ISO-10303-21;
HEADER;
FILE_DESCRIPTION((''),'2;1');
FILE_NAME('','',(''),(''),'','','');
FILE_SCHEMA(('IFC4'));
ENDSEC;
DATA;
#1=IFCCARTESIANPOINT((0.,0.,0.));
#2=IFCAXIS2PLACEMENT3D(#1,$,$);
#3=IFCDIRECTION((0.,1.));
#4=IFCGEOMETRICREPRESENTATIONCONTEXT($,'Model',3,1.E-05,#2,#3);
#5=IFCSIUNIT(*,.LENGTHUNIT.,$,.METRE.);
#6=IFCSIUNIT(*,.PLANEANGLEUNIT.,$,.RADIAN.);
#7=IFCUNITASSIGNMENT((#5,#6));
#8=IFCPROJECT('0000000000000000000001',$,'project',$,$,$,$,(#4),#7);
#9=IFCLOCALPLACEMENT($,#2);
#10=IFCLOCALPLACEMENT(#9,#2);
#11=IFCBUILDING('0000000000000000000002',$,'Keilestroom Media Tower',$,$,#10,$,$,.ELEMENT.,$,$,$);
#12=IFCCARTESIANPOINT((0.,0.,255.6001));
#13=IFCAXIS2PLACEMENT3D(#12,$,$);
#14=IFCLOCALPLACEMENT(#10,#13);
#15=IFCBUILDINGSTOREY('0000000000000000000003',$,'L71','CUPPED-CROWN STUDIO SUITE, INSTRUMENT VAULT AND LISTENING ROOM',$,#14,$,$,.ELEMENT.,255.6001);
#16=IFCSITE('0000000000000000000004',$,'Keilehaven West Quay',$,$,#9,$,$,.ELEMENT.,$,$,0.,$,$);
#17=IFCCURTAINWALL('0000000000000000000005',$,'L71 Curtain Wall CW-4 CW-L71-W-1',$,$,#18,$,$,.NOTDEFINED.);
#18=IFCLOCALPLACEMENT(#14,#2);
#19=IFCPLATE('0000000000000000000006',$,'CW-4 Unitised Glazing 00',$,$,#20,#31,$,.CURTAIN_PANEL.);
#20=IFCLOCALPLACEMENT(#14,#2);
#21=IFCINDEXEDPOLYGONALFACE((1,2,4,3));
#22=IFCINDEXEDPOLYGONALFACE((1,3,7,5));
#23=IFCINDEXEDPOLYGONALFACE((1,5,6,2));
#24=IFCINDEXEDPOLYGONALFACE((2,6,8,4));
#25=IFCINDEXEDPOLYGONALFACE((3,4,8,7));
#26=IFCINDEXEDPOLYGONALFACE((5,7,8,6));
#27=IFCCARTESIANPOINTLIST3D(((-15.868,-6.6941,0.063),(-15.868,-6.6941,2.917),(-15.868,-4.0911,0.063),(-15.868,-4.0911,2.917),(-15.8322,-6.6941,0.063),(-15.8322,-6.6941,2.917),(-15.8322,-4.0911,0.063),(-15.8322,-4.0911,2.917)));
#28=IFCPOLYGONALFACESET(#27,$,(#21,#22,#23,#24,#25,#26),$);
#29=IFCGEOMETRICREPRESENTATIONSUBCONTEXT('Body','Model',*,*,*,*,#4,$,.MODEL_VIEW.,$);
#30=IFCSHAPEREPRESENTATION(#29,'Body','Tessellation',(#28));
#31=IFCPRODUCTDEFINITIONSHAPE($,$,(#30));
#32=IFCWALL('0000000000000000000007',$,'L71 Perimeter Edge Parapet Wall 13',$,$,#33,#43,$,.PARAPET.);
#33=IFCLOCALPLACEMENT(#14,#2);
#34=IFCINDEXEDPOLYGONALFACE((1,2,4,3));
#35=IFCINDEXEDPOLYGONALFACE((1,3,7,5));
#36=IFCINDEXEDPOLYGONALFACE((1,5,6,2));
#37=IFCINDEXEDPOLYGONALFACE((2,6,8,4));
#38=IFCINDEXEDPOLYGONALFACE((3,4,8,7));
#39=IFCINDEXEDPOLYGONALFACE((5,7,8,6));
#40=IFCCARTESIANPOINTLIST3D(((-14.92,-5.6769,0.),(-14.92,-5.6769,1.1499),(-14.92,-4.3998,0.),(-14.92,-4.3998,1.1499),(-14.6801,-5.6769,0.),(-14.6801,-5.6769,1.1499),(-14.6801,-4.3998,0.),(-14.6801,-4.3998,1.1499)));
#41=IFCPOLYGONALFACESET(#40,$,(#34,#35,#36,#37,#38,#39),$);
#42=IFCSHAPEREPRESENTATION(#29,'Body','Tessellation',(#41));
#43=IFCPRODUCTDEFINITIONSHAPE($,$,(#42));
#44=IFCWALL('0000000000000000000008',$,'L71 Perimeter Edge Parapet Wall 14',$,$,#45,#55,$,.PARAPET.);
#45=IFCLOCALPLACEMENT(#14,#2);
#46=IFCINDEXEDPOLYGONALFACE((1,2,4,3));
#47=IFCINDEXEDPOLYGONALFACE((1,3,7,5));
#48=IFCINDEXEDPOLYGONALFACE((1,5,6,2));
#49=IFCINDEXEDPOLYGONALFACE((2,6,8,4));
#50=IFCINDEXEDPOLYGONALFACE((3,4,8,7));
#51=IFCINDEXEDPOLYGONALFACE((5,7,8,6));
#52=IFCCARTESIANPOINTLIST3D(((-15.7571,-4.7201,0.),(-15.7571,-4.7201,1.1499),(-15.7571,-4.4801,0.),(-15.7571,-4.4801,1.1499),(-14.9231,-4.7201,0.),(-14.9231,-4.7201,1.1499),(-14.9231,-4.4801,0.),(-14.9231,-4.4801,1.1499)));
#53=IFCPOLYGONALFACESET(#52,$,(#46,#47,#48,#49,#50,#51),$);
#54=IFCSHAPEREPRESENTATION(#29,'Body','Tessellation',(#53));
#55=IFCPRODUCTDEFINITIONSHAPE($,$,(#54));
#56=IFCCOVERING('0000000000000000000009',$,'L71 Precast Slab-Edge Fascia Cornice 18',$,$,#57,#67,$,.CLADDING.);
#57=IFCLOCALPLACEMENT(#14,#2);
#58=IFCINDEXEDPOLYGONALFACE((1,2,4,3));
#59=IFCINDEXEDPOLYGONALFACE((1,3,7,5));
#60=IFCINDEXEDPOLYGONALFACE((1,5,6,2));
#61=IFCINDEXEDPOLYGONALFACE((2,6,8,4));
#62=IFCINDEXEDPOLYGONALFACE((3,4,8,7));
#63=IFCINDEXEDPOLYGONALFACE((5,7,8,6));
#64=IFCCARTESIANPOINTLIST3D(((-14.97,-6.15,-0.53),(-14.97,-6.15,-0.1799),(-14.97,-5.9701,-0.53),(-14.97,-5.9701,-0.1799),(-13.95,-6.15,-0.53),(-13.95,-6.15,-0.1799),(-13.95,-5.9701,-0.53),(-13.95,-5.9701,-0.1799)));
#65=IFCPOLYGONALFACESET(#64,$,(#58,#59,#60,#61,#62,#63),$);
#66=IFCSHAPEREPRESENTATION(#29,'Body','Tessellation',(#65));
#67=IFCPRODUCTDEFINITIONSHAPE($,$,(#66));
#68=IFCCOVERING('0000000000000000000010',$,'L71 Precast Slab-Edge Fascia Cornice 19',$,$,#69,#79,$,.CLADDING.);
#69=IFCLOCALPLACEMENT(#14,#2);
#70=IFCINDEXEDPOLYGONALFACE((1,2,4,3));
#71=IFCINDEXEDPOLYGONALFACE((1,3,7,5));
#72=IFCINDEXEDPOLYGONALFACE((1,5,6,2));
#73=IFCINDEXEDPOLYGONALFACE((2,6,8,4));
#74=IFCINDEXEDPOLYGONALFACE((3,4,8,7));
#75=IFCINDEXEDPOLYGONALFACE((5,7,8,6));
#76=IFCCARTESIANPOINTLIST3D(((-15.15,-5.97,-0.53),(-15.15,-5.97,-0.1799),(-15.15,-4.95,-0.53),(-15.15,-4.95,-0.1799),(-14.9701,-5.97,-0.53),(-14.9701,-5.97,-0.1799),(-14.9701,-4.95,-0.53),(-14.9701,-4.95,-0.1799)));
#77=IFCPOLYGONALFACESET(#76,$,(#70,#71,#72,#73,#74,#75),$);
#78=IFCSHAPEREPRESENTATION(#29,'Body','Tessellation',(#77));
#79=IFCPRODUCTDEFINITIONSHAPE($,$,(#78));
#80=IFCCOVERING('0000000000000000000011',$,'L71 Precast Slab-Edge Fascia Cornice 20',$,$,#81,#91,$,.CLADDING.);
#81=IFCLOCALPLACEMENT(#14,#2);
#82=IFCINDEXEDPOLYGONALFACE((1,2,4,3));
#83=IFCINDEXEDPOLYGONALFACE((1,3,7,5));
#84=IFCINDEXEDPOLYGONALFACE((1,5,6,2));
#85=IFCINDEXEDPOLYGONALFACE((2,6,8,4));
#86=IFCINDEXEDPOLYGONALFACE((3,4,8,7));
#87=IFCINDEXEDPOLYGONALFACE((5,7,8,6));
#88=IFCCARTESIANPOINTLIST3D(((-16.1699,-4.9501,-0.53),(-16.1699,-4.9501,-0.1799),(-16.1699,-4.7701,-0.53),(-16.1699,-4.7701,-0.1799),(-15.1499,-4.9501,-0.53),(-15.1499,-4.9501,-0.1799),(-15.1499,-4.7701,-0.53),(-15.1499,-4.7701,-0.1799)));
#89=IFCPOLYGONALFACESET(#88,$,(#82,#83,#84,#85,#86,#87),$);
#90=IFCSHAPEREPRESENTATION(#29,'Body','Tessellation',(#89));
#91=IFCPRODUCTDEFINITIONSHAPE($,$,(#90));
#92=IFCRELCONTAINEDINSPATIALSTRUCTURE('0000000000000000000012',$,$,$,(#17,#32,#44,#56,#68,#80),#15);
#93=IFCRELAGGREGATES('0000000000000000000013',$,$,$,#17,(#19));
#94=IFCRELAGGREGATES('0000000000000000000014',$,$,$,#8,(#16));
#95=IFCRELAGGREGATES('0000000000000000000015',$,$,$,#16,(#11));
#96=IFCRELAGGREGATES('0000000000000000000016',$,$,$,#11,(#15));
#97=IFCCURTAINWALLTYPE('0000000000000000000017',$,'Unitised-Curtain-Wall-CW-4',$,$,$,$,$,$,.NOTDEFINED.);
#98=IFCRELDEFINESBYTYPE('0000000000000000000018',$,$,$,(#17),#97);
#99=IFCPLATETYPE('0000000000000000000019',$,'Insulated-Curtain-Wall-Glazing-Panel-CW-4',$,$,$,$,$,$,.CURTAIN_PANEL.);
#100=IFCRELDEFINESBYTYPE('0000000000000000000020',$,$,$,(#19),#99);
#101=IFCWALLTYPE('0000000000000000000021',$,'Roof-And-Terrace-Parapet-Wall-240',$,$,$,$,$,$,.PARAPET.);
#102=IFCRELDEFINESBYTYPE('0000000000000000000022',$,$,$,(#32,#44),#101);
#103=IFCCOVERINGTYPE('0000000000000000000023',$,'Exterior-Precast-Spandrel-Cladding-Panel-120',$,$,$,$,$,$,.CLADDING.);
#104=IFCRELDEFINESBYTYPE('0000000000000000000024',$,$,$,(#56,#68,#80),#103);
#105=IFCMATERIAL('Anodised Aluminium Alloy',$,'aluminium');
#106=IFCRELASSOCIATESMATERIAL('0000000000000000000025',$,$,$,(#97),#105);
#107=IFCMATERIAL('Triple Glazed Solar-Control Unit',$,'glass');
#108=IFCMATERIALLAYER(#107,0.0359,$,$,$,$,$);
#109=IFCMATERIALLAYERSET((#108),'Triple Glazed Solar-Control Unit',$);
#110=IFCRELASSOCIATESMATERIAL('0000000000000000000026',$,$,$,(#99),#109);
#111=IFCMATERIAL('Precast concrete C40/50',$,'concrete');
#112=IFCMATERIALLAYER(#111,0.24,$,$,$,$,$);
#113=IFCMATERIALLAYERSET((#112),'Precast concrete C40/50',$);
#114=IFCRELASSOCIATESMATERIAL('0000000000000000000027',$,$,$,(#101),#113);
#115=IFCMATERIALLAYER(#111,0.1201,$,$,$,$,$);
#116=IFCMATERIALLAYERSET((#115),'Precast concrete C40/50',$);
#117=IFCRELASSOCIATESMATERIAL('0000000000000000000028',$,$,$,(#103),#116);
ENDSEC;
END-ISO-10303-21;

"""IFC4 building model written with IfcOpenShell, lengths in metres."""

from ifc_helpers import new_model, si_unit, direction, frame, frame_2d, origin, origin_2d, place, context, subcontext, project, spatial, rectangle, extrude, source, transform, mapped, material, layer, layer_set, type_object, element, aggregate, save


model = new_model("IFC4")

# Units and contexts
model_context = context("Model", 3, precision=1e-05, world=origin(), true_north=direction((0.0, 1.0)))
body_context = subcontext(model_context, "Body", "Model", "MODEL_VIEW")
ifc_project = project(units=[si_unit("LENGTHUNIT", "METRE"), si_unit("PLANEANGLEUNIT", "RADIAN")], contexts=[model_context])

# Site, building, storey
site_placement = place(None, origin())
site = spatial("IfcSite", under=ifc_project, at=site_placement, Name="Keilehaven West Quay", CompositionType="ELEMENT", RefElevation=0.0)
building_placement = place(site_placement, origin())
building = spatial("IfcBuilding", under=site, at=building_placement, Name="Keilestroom Media Tower", CompositionType="ELEMENT")
storey_placement = place(building_placement, frame((0.0, 0.0, 255.6001)))
storey = spatial("IfcBuildingStorey", under=building, at=storey_placement, Name="L71", Description="CUPPED-CROWN STUDIO SUITE, INSTRUMENT VAULT AND LISTENING ROOM", CompositionType="ELEMENT", Elevation=255.6001)

# Shared definitions
ifc_material_1 = material(Name="Precast concrete C40/50", Category="concrete")

# Curtain wall
ifc_material_2 = material(Name="Anodised Aluminium Alloy", Category="aluminium")
curtain_wall_type = type_object("IfcCurtainWallType", Name="Unitised-Curtain-Wall-CW-4", PredefinedType="NOTDEFINED", material=ifc_material_2)
curtain_wall_1_placement = place(storey_placement, origin())
curtain_wall_1 = element("IfcCurtainWall", 1, at=curtain_wall_1_placement, inside=storey, type_object=curtain_wall_type, Name="L71 Curtain Wall CW-4 CW-L71-W-1", PredefinedType="NOTDEFINED")

# Plate
ifc_material_3 = material(Name="Triple Glazed Solar-Control Unit", Category="glass")
ifc_layer_1 = layer(ifc_material_3, 0.0359)
ifc_layer_set_1 = layer_set([ifc_layer_1], Name="Triple Glazed Solar-Control Unit")
plate_type = type_object("IfcPlateType", Name="Insulated-Curtain-Wall-Glazing-Panel-CW-4", PredefinedType="CURTAIN_PANEL", material=ifc_layer_set_1)
shared_shape_1 = source(origin(), body_context, "Body", "SweptSolid", [
    extrude(rectangle(XDim=2.603, YDim=0.0359, at=origin_2d()), origin(), (0.0, 0.0, 1.0), 2.854),
])
plate_1_placement = place(storey_placement, frame((-15.8501, -5.3926, 0.063), z_axis=(0.0, 0.0, 1.0), x_axis=(0.0, 1.0, 0.0)))
plate_1 = element("IfcPlate", 2, at=plate_1_placement, type_object=plate_type, Name="CW-4 Unitised Glazing 00", PredefinedType="CURTAIN_PANEL", context=body_context, shape_type="MappedRepresentation", body=[
    mapped(shared_shape_1, transform((0.0, 0.0, 0.0), x_axis=(1.0, 0.0, 0.0), y_axis=(0.0, 1.0, 0.0), z_axis=(0.0, 0.0, 1.0), scale=1.0)),
])
aggregate(curtain_wall_1, [plate_1])

# Walls
ifc_layer_2 = layer(ifc_material_1, 0.24)
ifc_layer_set_2 = layer_set([ifc_layer_2], Name="Precast concrete C40/50")
wall_type = type_object("IfcWallType", Name="Roof-And-Terrace-Parapet-Wall-240", PredefinedType="PARAPET", material=ifc_layer_set_2)
wall_1_placement = place(storey_placement, frame((-14.8, -5.677, 0.0), z_axis=(0.0, 0.0, 1.0), x_axis=(0.0, 1.0, 0.0)))
element("IfcWall", 3, at=wall_1_placement, inside=storey, type_object=wall_type, Name="L71 Perimeter Edge Parapet Wall 13", PredefinedType="PARAPET", context=body_context, shape_type="SweptSolid", body=[
    extrude(rectangle(XDim=1.2771, YDim=0.24, at=frame_2d((0.6387, 0.0))), origin(), (0.0, 0.0, 1.0), 1.1499),
])
wall_2_placement = place(storey_placement, frame((-14.9231, -4.6001, 0.0), z_axis=(0.0, 0.0, 1.0), x_axis=(-1.0, 0.0, 0.0)))
element("IfcWall", 4, at=wall_2_placement, inside=storey, type_object=wall_type, Name="L71 Perimeter Edge Parapet Wall 14", PredefinedType="PARAPET", context=body_context, shape_type="SweptSolid", body=[
    extrude(rectangle(XDim=0.834, YDim=0.24, at=frame_2d((0.417, 0.0))), origin(), (0.0, 0.0, 1.0), 1.1499),
])

# Coverings
ifc_layer_3 = layer(ifc_material_1, 0.1201)
ifc_layer_set_3 = layer_set([ifc_layer_3], Name="Precast concrete C40/50")
covering_type = type_object("IfcCoveringType", Name="Exterior-Precast-Spandrel-Cladding-Panel-120", PredefinedType="CLADDING", material=ifc_layer_set_3)
shared_shape_2 = source(origin(), body_context, "Body", "SweptSolid", [
    extrude(rectangle(XDim=1.02, YDim=0.1799, at=origin_2d()), origin(), (0.0, 0.0, 1.0), 0.3501),
])
for number, where, z_axis, x_axis, name in (
    (5, (-14.46, -6.0601, -0.53), (0.0, 0.0, 1.0), (-1.0, 0.0, 0.0), "L71 Precast Slab-Edge Fascia Cornice 18"),
    (6, (-15.0601, -5.46, -0.53), (0.0, 0.0, 1.0), (0.0, 1.0, 0.0), "L71 Precast Slab-Edge Fascia Cornice 19"),
    (7, (-15.6599, -4.8601, -0.53), (0.0, 0.0, 1.0), (-1.0, 0.0, 0.0), "L71 Precast Slab-Edge Fascia Cornice 20"),
):
    element("IfcCovering", number, at=place(storey_placement, frame(where, z_axis=z_axis, x_axis=x_axis)), inside=storey, type_object=covering_type, Name=name, PredefinedType="CLADDING", context=body_context, shape_type="MappedRepresentation", body=[
        mapped(shared_shape_2, transform((0.0, 0.0, 0.0), x_axis=(1.0, 0.0, 0.0), y_axis=(0.0, 1.0, 0.0), z_axis=(0.0, 0.0, 1.0), scale=1.0)),
    ])

save(model, "model.ifc")
